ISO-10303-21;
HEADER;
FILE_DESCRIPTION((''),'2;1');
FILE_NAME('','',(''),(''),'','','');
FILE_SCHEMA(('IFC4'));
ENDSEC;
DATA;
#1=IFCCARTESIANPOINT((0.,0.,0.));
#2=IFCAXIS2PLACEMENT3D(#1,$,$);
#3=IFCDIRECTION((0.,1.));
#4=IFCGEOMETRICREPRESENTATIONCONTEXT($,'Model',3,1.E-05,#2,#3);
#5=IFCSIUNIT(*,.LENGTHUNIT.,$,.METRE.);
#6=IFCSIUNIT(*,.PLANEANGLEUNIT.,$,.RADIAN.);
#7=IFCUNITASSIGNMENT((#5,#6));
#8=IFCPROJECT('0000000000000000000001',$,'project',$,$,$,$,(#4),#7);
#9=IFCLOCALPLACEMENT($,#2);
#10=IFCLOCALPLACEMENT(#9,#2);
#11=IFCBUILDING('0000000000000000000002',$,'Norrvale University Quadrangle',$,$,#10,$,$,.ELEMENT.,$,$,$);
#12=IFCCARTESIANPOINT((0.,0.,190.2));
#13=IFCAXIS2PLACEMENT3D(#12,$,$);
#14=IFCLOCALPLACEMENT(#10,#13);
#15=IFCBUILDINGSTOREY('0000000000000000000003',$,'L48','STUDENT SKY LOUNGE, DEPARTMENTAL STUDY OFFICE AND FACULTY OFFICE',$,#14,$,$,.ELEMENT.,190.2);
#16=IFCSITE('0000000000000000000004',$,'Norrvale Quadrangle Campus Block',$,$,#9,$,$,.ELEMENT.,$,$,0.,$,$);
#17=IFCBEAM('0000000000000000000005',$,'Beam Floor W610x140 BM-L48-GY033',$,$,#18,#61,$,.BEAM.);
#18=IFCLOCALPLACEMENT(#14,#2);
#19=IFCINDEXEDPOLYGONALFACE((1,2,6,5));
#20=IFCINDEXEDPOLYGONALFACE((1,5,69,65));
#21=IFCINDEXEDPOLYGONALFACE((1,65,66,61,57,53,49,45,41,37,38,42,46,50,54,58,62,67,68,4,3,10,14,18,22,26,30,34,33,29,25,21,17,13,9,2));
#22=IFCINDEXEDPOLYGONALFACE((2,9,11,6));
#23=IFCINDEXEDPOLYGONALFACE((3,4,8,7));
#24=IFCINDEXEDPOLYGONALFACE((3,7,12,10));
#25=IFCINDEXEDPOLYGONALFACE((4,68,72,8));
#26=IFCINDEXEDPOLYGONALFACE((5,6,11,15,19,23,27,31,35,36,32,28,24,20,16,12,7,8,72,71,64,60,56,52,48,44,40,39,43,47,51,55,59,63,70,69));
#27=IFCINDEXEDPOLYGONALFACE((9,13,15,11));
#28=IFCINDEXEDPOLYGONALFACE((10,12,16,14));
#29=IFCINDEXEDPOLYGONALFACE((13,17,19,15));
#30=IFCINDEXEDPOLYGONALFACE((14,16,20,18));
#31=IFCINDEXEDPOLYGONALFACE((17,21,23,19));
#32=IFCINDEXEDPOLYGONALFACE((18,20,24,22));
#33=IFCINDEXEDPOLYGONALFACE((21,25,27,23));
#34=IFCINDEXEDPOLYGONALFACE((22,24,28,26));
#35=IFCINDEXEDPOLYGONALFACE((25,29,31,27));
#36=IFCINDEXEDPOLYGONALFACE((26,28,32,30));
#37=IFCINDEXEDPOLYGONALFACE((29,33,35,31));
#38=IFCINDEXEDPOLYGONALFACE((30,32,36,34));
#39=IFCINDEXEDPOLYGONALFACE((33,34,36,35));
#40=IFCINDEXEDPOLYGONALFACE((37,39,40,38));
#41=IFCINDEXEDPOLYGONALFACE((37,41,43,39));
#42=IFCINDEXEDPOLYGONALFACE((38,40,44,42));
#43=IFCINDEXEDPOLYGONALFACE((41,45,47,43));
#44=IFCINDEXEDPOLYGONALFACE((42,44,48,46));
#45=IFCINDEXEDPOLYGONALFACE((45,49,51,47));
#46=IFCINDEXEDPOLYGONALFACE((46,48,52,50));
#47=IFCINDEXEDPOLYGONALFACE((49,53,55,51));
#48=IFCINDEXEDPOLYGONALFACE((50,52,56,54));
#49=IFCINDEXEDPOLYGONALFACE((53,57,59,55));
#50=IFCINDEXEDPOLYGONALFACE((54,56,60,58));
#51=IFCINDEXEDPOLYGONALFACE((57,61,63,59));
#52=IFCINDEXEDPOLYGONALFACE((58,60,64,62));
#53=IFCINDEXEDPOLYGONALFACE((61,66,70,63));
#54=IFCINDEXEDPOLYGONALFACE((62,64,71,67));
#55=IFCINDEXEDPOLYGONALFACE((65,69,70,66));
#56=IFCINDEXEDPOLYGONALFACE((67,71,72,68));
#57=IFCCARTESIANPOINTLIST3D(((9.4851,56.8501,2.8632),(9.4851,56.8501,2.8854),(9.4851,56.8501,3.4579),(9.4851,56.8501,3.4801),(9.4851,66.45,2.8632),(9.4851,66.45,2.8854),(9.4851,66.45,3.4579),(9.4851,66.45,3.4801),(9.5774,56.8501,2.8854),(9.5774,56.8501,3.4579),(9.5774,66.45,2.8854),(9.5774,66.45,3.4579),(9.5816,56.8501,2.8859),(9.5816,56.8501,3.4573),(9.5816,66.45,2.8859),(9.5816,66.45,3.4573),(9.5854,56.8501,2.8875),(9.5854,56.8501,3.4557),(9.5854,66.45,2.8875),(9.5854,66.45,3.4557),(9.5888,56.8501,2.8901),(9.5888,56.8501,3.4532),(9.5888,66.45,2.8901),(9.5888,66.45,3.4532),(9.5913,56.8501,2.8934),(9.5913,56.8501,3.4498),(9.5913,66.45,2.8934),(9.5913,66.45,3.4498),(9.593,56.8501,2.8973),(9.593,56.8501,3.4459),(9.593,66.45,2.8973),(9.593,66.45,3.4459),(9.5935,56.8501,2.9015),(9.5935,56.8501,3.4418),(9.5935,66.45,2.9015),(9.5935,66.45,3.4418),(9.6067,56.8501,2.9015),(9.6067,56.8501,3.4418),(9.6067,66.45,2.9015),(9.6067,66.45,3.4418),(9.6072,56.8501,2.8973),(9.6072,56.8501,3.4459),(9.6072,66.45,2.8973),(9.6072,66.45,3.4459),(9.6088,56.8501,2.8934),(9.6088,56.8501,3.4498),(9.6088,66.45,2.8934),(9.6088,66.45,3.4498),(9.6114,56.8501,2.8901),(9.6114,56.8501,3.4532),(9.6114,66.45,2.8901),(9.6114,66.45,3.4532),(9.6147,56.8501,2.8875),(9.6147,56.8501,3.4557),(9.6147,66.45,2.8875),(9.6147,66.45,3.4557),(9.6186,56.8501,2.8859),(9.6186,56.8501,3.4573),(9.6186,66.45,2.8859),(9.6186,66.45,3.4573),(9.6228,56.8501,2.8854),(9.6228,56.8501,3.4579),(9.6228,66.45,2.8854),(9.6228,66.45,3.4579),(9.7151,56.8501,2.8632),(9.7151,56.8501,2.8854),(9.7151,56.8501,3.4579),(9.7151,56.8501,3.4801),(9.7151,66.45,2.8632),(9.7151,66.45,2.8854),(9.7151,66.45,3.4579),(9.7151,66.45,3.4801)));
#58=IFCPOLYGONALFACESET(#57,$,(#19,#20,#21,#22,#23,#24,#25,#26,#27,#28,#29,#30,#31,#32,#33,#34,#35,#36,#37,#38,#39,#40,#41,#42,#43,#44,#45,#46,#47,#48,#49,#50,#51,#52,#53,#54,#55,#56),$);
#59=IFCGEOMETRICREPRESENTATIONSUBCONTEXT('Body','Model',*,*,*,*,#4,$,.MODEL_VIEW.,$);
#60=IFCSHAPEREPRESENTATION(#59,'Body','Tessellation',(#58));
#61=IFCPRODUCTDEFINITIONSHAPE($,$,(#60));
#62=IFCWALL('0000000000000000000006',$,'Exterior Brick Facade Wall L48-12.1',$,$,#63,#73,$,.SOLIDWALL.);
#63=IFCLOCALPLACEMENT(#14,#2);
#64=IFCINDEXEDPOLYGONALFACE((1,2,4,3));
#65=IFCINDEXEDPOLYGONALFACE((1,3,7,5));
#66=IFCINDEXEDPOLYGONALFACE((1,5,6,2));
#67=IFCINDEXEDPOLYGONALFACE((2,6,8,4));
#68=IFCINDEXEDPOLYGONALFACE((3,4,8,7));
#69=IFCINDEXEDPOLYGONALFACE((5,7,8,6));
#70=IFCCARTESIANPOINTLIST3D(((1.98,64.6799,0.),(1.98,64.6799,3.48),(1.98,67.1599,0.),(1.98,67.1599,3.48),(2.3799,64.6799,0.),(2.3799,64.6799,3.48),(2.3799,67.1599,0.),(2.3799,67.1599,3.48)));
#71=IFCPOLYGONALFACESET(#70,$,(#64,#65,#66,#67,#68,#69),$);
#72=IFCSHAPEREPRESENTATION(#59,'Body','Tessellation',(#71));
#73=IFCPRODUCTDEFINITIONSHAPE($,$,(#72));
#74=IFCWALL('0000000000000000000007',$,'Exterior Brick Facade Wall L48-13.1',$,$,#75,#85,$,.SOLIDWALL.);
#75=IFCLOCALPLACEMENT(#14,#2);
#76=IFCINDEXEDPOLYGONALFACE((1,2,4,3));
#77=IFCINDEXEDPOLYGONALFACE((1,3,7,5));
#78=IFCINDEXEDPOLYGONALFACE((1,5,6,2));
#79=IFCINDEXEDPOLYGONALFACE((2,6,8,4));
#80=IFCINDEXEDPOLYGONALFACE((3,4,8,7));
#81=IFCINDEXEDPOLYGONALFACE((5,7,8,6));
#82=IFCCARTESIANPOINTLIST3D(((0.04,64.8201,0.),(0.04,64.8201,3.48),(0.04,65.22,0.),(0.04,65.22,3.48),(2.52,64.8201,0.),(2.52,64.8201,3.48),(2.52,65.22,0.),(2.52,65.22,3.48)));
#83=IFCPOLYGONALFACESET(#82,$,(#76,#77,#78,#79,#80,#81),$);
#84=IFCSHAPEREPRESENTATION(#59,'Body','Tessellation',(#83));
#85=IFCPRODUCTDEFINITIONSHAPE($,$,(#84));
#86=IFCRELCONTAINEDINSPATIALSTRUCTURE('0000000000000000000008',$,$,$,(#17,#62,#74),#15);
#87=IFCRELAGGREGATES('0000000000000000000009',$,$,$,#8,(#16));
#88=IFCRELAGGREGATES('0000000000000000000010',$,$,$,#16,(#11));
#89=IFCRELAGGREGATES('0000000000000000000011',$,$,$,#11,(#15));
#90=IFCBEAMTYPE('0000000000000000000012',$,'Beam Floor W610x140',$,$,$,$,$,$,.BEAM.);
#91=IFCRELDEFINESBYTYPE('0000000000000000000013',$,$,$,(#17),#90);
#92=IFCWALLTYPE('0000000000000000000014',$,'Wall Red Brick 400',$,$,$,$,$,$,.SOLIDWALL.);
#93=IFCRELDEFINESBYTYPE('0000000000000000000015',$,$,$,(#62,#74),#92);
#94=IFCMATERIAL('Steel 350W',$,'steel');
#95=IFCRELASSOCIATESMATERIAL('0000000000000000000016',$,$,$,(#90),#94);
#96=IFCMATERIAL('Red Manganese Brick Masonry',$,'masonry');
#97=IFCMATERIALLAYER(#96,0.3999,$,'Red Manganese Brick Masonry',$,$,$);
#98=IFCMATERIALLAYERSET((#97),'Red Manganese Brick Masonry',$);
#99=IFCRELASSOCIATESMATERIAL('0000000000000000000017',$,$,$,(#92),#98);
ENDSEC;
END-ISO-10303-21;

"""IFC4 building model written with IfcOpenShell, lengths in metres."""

from ifc_helpers import new_model, si_unit, direction, frame, frame_2d, origin, origin_2d, place, context, subcontext, project, spatial, rectangle, i_section, extrude, material, layer, layer_set, material_profile, profile_set, type_object, element, save


model = new_model("IFC4")

# Units and contexts
model_context = context("Model", 3, precision=1e-05, world=origin(), true_north=direction((0.0, 1.0)))
body_context = subcontext(model_context, "Body", "Model", "MODEL_VIEW")
ifc_project = project(units=[si_unit("LENGTHUNIT", "METRE"), si_unit("PLANEANGLEUNIT", "RADIAN")], contexts=[model_context])

# Site, building, storey
site_placement = place(None, origin())
site = spatial("IfcSite", under=ifc_project, at=site_placement, Name="Norrvale Quadrangle Campus Block", CompositionType="ELEMENT", RefElevation=0.0)
building_placement = place(site_placement, origin())
building = spatial("IfcBuilding", under=site, at=building_placement, Name="Norrvale University Quadrangle", CompositionType="ELEMENT")
storey_placement = place(building_placement, frame((0.0, 0.0, 190.2)))
storey = spatial("IfcBuildingStorey", under=building, at=storey_placement, Name="L48", Description="STUDENT SKY LOUNGE, DEPARTMENTAL STUDY OFFICE AND FACULTY OFFICE", CompositionType="ELEMENT", Elevation=190.2)

# Beam
ifc_material_1 = material(Name="Steel 350W", Category="steel")
ifc_material_profile_1 = material_profile(ifc_material_1, i_section(OverallWidth=0.23, OverallDepth=0.6169, WebThickness=0.0132, FlangeThickness=0.0222, FilletRadius=0.0161, at=origin_2d()), Name="Steel 350W")
ifc_profile_set_1 = profile_set([ifc_material_profile_1], Name="Steel 350W")
beam_type_1 = type_object("IfcBeamType", Name="Beam Floor W610x140", PredefinedType="BEAM", material=ifc_profile_set_1)
for number, where, z_axis, x_axis, name in (
    (1, (9.6001, 56.8501, 3.1716), (0.0, 1.0, 0.0), (-1.0, 0.0, 0.0), "Beam Floor W610x140 BM-L48-GY033"),
):
    element("IfcBeam", number, at=place(storey_placement, frame(where, z_axis=z_axis, x_axis=x_axis)), inside=storey, type_object=beam_type_1, Name=name, PredefinedType="BEAM", context=body_context, shape_type="SweptSolid", body=[
        extrude(i_section(OverallWidth=0.23, OverallDepth=0.6169, WebThickness=0.0132, FlangeThickness=0.0222, FilletRadius=0.0161, at=origin_2d()), origin(), (0.0, 0.0, 1.0), 9.5999),
    ])

# Walls
ifc_material_2 = material(Name="Red Manganese Brick Masonry", Category="masonry")
ifc_layer = layer(ifc_material_2, 0.3999, Name="Red Manganese Brick Masonry")
ifc_layer_set = layer_set([ifc_layer], Name="Red Manganese Brick Masonry")
wall_type = type_object("IfcWallType", Name="Wall Red Brick 400", PredefinedType="SOLIDWALL", material=ifc_layer_set)
for number, where, z_axis, x_axis, name in (
    (2, (2.1799, 67.1599, 0.0), (0.0, 0.0, 1.0), (0.0, -1.0, 0.0), "Exterior Brick Facade Wall L48-12.1"),
    (3, (2.52, 65.02, 0.0), (0.0, 0.0, 1.0), (-1.0, 0.0, 0.0), "Exterior Brick Facade Wall L48-13.1"),
):
    element("IfcWall", number, at=place(storey_placement, frame(where, z_axis=z_axis, x_axis=x_axis)), inside=storey, type_object=wall_type, Name=name, PredefinedType="SOLIDWALL", context=body_context, shape_type="SweptSolid", body=[
        extrude(rectangle(XDim=2.48, YDim=0.3999, at=frame_2d((1.24, 0.0))), origin(), (0.0, 0.0, 1.0), 3.48),
    ])

save(model, "model.ifc")
